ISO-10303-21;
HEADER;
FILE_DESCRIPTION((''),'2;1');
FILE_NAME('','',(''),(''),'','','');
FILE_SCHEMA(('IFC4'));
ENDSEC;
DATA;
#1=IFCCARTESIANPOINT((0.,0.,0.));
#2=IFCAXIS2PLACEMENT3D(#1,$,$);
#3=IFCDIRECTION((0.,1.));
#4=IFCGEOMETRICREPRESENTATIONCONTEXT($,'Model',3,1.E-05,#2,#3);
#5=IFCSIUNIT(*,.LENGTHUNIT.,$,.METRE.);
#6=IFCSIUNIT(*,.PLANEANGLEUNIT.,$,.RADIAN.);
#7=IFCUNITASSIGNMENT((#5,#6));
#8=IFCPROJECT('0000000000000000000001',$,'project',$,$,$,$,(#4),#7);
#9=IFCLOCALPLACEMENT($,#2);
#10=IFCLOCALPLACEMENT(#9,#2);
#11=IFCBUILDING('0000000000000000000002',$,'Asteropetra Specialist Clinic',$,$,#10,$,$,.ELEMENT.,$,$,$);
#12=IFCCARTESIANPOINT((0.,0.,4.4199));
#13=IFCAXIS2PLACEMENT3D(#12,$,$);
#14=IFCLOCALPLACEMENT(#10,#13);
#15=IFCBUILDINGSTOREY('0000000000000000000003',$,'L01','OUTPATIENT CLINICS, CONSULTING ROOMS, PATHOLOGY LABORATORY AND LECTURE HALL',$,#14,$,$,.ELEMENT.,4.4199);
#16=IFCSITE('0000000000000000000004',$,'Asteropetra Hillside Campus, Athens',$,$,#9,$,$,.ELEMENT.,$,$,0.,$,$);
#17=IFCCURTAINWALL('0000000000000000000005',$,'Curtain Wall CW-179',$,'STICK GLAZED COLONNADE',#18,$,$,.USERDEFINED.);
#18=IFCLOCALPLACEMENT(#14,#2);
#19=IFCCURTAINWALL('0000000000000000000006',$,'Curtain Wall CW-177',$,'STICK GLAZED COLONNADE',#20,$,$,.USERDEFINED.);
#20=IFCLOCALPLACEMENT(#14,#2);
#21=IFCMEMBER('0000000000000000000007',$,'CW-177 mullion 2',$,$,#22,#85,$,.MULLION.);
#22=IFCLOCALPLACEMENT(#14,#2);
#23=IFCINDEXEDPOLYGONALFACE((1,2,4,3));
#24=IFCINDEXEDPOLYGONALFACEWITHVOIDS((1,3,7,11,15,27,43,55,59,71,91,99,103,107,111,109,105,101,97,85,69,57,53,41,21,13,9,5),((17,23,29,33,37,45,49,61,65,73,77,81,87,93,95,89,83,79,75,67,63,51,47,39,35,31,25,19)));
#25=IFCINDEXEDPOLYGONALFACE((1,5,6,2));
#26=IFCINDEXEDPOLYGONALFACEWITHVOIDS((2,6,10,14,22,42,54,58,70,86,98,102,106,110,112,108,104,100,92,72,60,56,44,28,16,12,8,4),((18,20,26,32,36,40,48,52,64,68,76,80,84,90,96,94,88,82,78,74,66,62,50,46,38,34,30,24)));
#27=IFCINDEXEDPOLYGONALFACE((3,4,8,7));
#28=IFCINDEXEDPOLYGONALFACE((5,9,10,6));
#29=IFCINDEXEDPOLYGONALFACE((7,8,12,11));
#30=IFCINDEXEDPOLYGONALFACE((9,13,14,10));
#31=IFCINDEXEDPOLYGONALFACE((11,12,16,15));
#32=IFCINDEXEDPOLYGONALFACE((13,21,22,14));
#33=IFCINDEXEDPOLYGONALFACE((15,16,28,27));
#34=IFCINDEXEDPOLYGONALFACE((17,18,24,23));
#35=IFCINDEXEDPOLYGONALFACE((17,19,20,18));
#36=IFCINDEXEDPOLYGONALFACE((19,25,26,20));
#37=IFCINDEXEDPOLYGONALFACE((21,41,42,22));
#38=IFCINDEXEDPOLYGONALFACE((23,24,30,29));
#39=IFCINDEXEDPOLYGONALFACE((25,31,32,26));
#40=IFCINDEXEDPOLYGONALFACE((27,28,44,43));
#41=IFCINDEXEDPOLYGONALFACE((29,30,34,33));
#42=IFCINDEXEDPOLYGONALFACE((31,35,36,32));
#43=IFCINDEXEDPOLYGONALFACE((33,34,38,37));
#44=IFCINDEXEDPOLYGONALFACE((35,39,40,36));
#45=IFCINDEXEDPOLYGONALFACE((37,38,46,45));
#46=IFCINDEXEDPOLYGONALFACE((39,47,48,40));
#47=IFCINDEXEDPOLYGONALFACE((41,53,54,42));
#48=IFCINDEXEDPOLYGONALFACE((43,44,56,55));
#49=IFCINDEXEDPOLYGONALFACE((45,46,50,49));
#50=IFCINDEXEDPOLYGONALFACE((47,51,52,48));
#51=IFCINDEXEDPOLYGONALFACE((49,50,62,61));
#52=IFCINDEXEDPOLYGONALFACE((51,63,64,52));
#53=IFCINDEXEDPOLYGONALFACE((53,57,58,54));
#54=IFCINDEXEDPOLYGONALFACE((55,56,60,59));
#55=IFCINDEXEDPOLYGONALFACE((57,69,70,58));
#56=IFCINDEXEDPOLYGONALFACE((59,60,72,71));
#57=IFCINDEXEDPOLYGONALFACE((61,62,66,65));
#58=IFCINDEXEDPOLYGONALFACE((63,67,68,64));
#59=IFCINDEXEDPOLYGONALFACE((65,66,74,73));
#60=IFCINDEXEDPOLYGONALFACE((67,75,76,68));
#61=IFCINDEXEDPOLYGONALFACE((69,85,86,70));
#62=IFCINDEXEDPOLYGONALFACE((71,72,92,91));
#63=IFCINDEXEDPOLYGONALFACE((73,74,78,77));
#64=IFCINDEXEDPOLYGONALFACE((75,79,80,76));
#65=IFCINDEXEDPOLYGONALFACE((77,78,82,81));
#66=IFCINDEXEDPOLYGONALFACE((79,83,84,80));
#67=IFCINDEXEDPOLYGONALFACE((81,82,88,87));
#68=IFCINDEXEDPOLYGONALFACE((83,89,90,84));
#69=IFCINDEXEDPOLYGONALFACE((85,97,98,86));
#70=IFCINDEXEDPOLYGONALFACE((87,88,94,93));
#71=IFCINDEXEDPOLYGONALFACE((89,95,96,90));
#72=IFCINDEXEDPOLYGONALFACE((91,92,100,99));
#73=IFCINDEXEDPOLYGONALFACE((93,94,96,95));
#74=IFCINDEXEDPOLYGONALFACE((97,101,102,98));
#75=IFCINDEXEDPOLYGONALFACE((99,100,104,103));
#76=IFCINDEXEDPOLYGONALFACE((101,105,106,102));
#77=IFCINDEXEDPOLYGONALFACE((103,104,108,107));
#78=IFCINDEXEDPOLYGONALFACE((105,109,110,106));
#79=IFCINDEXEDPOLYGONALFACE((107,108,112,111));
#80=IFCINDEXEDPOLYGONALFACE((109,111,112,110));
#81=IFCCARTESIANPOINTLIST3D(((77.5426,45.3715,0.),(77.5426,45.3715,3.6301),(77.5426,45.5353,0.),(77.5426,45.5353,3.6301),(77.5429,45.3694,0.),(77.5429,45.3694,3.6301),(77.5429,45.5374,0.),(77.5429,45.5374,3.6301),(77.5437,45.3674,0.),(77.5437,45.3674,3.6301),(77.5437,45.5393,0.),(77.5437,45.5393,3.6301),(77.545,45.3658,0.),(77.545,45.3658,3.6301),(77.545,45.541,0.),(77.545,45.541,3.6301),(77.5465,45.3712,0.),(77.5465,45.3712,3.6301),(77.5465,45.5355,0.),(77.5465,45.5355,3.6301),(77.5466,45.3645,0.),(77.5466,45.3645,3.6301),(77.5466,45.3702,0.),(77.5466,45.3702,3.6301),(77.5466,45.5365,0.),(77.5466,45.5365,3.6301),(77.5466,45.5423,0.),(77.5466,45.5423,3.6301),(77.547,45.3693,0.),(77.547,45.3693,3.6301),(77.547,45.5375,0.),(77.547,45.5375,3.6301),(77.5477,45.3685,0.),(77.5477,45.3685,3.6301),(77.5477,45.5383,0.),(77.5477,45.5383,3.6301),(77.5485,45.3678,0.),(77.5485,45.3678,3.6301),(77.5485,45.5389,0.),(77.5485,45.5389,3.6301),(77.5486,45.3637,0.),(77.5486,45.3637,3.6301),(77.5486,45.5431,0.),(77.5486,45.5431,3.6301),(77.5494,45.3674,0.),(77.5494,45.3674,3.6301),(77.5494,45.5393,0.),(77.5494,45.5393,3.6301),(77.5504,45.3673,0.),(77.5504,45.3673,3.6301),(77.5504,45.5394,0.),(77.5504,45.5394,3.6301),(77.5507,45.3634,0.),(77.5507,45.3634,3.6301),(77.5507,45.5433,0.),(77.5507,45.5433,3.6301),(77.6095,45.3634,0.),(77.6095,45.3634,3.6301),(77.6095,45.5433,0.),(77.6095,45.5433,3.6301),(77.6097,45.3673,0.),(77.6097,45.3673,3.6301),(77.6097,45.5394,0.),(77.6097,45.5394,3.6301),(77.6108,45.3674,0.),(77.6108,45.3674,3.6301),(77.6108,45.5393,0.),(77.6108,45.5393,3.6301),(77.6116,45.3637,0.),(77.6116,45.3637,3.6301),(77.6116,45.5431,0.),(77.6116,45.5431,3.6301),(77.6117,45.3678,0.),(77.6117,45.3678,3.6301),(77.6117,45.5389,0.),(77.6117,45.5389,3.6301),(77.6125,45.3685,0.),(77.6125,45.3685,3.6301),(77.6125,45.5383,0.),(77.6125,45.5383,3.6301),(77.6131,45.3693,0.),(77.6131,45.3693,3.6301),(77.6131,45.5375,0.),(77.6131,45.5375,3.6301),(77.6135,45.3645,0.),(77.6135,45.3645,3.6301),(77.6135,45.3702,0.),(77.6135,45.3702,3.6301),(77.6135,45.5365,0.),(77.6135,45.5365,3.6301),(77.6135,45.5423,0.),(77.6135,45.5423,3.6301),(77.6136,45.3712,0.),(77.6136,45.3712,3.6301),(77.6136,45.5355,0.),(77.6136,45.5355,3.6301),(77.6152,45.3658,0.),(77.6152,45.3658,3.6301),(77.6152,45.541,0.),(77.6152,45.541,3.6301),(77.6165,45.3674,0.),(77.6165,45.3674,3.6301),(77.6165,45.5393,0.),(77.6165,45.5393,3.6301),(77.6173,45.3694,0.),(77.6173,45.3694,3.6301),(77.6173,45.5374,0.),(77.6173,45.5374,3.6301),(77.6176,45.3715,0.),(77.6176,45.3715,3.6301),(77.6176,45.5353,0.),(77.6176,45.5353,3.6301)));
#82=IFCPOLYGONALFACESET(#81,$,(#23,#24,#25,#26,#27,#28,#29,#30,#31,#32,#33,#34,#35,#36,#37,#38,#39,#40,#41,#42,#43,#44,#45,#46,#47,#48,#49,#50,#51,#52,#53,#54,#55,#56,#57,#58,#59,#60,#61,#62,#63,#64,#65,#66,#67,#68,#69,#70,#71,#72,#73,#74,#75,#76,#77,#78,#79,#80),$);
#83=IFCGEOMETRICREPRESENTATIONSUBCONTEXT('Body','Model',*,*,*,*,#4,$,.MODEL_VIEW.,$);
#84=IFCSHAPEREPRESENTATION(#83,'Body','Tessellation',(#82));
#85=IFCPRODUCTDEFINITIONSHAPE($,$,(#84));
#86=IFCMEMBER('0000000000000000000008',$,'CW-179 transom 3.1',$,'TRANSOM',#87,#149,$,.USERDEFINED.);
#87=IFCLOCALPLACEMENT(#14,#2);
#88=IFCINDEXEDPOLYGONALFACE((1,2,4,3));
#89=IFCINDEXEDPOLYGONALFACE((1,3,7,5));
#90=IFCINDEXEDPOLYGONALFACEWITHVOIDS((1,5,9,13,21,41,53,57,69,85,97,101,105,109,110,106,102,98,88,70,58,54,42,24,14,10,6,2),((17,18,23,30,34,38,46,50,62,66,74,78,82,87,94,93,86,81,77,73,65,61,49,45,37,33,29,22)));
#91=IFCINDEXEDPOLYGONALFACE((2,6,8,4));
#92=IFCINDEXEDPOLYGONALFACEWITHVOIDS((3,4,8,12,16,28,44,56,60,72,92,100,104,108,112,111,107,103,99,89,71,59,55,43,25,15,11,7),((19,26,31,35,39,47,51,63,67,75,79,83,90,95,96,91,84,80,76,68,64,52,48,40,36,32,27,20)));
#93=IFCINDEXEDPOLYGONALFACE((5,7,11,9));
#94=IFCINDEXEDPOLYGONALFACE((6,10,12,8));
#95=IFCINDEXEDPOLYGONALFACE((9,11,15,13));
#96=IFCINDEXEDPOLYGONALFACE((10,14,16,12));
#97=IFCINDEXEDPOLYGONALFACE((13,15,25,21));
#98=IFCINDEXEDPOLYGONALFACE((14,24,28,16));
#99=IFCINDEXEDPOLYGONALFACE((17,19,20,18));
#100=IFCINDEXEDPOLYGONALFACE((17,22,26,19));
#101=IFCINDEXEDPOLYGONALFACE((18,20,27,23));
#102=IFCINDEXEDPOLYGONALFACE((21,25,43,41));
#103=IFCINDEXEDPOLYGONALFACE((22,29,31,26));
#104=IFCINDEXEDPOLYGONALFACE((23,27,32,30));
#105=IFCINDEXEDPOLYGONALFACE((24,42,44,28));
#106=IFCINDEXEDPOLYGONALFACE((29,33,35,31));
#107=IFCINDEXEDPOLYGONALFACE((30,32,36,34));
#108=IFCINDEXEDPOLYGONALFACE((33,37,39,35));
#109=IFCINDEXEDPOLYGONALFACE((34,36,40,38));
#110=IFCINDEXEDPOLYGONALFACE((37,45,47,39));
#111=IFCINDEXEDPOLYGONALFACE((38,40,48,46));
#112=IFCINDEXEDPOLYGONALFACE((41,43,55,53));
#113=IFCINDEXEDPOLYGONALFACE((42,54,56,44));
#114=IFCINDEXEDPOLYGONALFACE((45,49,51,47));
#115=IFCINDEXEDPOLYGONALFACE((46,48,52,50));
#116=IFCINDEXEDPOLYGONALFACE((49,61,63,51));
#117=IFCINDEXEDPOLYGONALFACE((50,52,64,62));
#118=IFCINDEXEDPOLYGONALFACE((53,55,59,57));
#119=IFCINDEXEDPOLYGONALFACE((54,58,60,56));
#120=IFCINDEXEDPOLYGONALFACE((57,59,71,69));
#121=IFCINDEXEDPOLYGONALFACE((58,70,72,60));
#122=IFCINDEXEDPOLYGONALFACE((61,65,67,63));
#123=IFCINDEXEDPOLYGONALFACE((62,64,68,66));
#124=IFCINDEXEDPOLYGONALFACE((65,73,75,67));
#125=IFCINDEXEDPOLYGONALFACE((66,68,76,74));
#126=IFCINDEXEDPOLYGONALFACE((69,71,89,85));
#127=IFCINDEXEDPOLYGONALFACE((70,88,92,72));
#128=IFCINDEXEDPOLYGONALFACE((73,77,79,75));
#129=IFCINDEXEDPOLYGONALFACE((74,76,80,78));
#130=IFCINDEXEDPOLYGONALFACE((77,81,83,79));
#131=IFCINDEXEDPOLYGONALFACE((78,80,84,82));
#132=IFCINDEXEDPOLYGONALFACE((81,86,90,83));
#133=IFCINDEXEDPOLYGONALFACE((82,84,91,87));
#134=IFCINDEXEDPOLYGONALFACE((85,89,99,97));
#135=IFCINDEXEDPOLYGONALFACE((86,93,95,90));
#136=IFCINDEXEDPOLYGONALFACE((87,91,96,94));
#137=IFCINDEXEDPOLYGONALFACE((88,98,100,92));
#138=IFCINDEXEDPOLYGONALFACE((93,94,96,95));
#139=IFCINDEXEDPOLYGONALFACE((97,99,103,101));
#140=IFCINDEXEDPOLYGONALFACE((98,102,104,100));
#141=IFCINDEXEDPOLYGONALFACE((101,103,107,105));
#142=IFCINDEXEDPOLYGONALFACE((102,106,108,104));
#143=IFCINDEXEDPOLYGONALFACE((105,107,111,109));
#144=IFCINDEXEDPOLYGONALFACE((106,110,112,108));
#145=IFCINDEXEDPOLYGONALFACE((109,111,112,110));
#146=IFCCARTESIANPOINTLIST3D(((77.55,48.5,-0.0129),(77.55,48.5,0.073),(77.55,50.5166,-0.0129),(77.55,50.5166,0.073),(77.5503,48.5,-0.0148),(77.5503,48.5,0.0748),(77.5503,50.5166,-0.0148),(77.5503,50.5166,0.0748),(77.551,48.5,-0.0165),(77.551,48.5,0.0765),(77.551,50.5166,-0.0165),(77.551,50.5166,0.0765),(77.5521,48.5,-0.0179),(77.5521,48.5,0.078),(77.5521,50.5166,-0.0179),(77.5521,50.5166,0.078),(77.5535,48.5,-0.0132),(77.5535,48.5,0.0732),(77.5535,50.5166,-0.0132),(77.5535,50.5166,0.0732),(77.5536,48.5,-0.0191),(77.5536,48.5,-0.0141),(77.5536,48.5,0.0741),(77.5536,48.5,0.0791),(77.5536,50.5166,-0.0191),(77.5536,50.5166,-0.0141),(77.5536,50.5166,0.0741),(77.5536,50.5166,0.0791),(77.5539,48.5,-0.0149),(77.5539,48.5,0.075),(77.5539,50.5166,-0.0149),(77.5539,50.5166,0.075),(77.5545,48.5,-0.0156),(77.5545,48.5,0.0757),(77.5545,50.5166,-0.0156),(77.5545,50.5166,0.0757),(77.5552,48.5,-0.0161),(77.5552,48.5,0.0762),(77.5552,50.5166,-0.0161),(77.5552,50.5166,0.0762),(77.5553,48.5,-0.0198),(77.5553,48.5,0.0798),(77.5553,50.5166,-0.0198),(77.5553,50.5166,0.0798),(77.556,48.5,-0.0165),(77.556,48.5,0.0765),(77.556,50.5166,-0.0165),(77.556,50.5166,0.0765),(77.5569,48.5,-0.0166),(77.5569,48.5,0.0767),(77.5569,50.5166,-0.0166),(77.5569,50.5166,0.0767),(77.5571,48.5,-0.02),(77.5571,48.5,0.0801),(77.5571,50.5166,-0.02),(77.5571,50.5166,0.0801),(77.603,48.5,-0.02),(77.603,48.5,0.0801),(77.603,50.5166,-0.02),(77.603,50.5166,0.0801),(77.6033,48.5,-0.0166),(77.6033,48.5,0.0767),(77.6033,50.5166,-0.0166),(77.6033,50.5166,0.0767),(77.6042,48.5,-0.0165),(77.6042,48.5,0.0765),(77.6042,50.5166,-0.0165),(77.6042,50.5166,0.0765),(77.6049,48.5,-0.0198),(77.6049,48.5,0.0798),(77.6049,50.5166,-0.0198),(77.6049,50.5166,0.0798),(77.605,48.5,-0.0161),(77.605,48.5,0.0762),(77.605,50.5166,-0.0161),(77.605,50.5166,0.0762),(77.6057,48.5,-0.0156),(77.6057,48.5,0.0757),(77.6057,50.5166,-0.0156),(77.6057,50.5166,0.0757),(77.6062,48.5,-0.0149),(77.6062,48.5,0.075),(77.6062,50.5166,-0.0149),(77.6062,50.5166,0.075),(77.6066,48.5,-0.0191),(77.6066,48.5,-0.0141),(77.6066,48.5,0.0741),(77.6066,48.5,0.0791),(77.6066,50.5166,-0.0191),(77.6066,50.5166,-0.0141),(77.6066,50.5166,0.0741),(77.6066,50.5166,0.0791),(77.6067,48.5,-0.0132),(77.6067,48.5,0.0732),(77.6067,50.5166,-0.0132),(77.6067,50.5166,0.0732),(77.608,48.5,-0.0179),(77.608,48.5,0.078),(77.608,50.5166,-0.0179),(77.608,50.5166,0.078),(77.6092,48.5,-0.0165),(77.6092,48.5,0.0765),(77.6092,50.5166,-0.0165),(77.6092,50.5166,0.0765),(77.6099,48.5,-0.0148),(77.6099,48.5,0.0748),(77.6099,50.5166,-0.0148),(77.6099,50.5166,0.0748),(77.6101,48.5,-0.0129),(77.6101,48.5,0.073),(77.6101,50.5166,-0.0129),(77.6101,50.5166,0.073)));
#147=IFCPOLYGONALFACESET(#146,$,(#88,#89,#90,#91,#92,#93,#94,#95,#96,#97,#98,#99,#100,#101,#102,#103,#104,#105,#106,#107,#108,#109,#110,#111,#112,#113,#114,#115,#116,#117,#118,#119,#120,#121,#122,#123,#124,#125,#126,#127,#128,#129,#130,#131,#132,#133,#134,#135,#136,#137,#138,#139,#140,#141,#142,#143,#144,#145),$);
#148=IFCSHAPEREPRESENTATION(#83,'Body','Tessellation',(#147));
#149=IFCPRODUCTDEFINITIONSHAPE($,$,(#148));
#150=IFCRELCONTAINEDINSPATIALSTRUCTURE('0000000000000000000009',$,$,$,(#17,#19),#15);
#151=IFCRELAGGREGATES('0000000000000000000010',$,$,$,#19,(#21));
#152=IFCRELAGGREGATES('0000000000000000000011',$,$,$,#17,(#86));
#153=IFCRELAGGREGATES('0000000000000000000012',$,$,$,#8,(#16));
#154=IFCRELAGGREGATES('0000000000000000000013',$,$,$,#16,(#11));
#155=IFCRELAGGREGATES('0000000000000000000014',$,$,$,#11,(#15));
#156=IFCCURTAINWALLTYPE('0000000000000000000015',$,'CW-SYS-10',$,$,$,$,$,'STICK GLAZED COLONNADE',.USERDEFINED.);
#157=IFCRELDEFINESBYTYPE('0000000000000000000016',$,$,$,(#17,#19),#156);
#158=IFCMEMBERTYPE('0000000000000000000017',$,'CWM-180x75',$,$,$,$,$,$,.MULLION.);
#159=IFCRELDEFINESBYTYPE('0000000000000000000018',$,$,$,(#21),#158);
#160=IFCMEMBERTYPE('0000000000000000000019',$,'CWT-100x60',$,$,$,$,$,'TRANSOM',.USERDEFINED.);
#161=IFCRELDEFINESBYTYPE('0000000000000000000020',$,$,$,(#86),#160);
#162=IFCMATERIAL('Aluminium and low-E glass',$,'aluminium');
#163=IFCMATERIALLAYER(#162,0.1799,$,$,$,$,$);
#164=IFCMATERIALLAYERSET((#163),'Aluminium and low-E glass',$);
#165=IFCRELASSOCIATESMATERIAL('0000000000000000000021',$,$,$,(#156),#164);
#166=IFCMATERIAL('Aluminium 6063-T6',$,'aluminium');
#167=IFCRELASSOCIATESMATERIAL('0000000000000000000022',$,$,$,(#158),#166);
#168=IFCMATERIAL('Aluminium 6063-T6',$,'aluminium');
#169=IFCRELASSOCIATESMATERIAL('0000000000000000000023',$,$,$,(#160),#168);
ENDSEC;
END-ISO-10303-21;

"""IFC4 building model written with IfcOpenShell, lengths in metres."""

from ifc_helpers import new_model, si_unit, direction, frame, origin, origin_2d, place, context, subcontext, project, spatial, hollow_rectangle, extrude, material, layer, layer_set, material_profile, profile_set, type_object, element, aggregate, save


model = new_model("IFC4")

# Units and contexts
model_context = context("Model", 3, precision=1e-05, world=origin(), true_north=direction((0.0, 1.0)))
body_context = subcontext(model_context, "Body", "Model", "MODEL_VIEW")
ifc_project = project(units=[si_unit("LENGTHUNIT", "METRE"), si_unit("PLANEANGLEUNIT", "RADIAN")], contexts=[model_context])

# Site, building, storey
site_placement = place(None, origin())
site = spatial("IfcSite", under=ifc_project, at=site_placement, Name="Asteropetra Hillside Campus, Athens", CompositionType="ELEMENT", RefElevation=0.0)
building_placement = place(site_placement, origin())
building = spatial("IfcBuilding", under=site, at=building_placement, Name="Asteropetra Specialist Clinic", CompositionType="ELEMENT")
storey_placement = place(building_placement, frame((0.0, 0.0, 4.4199)))
storey = spatial("IfcBuildingStorey", under=building, at=storey_placement, Name="L01", Description="OUTPATIENT CLINICS, CONSULTING ROOMS, PATHOLOGY LABORATORY AND LECTURE HALL", CompositionType="ELEMENT", Elevation=4.4199)

# Curtain wall
ifc_material_1 = material(Name="Aluminium and low-E glass", Category="aluminium")
ifc_layer_1 = layer(ifc_material_1, 0.1799)
ifc_layer_set_1 = layer_set([ifc_layer_1], Name="Aluminium and low-E glass")
curtain_wall_type = type_object("IfcCurtainWallType", Name="CW-SYS-10", ElementType="STICK GLAZED COLONNADE", PredefinedType="USERDEFINED", material=ifc_layer_set_1)
curtain_wall_1_placement = place(storey_placement, origin())
curtain_wall_1 = element("IfcCurtainWall", 1, at=curtain_wall_1_placement, inside=storey, type_object=curtain_wall_type, Name="Curtain Wall CW-179", ObjectType="STICK GLAZED COLONNADE", PredefinedType="USERDEFINED")

# Curtain wall, member
curtain_wall_2_placement = place(storey_placement, origin())
curtain_wall_2 = element("IfcCurtainWall", 2, at=curtain_wall_2_placement, inside=storey, type_object=curtain_wall_type, Name="Curtain Wall CW-177", ObjectType="STICK GLAZED COLONNADE", PredefinedType="USERDEFINED")
ifc_material_2 = material(Name="Aluminium 6063-T6", Category="aluminium")
ifc_material_profile_1 = material_profile(ifc_material_2, hollow_rectangle(XDim=0.075, YDim=0.1799, WallThickness=0.0039, InnerFilletRadius=0.0039, OuterFilletRadius=0.0081, at=origin_2d()), Name="MUL 180x75x4.0")
ifc_profile_set_1 = profile_set([ifc_material_profile_1], Name="Aluminium 6063-T6")
member_type_1 = type_object("IfcMemberType", Name="CWM-180x75", PredefinedType="MULLION", material=ifc_profile_set_1)
member_1_placement = place(storey_placement, frame((77.5801, 45.4534, 0.0), z_axis=(0.0, 0.0, 1.0), x_axis=(1.0, 0.0, 0.0)))
member_1 = element("IfcMember", 3, at=member_1_placement, type_object=member_type_1, Name="CW-177 mullion 2", PredefinedType="MULLION", context=body_context, shape_type="SweptSolid", body=[
    extrude(hollow_rectangle(XDim=0.075, YDim=0.1799, WallThickness=0.0039, InnerFilletRadius=0.0039, OuterFilletRadius=0.0081, at=origin_2d()), origin(), (0.0, 0.0, 1.0), 3.6301),
])

# Member
ifc_material_3 = material(Name="Aluminium 6063-T6", Category="aluminium")
ifc_material_profile_2 = material_profile(ifc_material_3, hollow_rectangle(XDim=0.0601, YDim=0.1001, WallThickness=0.0034, InnerFilletRadius=0.0034, OuterFilletRadius=0.0071, at=origin_2d()), Name="TRN 100x60x3.5")
ifc_profile_set_2 = profile_set([ifc_material_profile_2], Name="Aluminium 6063-T6")
member_type_2 = type_object("IfcMemberType", Name="CWT-100x60", ElementType="TRANSOM", PredefinedType="USERDEFINED", material=ifc_profile_set_2)
member_2_placement = place(storey_placement, frame((77.5801, 50.5166, 0.03), z_axis=(0.0, -1.0, 0.0), x_axis=(1.0, 0.0, 0.0)))
member_2 = element("IfcMember", 4, at=member_2_placement, type_object=member_type_2, Name="CW-179 transom 3.1", ObjectType="TRANSOM", PredefinedType="USERDEFINED", context=body_context, shape_type="SweptSolid", body=[
    extrude(hollow_rectangle(XDim=0.0601, YDim=0.1001, WallThickness=0.0034, InnerFilletRadius=0.0034, OuterFilletRadius=0.0071, at=origin_2d()), origin(), (0.0, 0.0, 1.0), 2.0166),
])

aggregate(curtain_wall_2, [member_1])
aggregate(curtain_wall_1, [member_2])

save(model, "model.ifc")
